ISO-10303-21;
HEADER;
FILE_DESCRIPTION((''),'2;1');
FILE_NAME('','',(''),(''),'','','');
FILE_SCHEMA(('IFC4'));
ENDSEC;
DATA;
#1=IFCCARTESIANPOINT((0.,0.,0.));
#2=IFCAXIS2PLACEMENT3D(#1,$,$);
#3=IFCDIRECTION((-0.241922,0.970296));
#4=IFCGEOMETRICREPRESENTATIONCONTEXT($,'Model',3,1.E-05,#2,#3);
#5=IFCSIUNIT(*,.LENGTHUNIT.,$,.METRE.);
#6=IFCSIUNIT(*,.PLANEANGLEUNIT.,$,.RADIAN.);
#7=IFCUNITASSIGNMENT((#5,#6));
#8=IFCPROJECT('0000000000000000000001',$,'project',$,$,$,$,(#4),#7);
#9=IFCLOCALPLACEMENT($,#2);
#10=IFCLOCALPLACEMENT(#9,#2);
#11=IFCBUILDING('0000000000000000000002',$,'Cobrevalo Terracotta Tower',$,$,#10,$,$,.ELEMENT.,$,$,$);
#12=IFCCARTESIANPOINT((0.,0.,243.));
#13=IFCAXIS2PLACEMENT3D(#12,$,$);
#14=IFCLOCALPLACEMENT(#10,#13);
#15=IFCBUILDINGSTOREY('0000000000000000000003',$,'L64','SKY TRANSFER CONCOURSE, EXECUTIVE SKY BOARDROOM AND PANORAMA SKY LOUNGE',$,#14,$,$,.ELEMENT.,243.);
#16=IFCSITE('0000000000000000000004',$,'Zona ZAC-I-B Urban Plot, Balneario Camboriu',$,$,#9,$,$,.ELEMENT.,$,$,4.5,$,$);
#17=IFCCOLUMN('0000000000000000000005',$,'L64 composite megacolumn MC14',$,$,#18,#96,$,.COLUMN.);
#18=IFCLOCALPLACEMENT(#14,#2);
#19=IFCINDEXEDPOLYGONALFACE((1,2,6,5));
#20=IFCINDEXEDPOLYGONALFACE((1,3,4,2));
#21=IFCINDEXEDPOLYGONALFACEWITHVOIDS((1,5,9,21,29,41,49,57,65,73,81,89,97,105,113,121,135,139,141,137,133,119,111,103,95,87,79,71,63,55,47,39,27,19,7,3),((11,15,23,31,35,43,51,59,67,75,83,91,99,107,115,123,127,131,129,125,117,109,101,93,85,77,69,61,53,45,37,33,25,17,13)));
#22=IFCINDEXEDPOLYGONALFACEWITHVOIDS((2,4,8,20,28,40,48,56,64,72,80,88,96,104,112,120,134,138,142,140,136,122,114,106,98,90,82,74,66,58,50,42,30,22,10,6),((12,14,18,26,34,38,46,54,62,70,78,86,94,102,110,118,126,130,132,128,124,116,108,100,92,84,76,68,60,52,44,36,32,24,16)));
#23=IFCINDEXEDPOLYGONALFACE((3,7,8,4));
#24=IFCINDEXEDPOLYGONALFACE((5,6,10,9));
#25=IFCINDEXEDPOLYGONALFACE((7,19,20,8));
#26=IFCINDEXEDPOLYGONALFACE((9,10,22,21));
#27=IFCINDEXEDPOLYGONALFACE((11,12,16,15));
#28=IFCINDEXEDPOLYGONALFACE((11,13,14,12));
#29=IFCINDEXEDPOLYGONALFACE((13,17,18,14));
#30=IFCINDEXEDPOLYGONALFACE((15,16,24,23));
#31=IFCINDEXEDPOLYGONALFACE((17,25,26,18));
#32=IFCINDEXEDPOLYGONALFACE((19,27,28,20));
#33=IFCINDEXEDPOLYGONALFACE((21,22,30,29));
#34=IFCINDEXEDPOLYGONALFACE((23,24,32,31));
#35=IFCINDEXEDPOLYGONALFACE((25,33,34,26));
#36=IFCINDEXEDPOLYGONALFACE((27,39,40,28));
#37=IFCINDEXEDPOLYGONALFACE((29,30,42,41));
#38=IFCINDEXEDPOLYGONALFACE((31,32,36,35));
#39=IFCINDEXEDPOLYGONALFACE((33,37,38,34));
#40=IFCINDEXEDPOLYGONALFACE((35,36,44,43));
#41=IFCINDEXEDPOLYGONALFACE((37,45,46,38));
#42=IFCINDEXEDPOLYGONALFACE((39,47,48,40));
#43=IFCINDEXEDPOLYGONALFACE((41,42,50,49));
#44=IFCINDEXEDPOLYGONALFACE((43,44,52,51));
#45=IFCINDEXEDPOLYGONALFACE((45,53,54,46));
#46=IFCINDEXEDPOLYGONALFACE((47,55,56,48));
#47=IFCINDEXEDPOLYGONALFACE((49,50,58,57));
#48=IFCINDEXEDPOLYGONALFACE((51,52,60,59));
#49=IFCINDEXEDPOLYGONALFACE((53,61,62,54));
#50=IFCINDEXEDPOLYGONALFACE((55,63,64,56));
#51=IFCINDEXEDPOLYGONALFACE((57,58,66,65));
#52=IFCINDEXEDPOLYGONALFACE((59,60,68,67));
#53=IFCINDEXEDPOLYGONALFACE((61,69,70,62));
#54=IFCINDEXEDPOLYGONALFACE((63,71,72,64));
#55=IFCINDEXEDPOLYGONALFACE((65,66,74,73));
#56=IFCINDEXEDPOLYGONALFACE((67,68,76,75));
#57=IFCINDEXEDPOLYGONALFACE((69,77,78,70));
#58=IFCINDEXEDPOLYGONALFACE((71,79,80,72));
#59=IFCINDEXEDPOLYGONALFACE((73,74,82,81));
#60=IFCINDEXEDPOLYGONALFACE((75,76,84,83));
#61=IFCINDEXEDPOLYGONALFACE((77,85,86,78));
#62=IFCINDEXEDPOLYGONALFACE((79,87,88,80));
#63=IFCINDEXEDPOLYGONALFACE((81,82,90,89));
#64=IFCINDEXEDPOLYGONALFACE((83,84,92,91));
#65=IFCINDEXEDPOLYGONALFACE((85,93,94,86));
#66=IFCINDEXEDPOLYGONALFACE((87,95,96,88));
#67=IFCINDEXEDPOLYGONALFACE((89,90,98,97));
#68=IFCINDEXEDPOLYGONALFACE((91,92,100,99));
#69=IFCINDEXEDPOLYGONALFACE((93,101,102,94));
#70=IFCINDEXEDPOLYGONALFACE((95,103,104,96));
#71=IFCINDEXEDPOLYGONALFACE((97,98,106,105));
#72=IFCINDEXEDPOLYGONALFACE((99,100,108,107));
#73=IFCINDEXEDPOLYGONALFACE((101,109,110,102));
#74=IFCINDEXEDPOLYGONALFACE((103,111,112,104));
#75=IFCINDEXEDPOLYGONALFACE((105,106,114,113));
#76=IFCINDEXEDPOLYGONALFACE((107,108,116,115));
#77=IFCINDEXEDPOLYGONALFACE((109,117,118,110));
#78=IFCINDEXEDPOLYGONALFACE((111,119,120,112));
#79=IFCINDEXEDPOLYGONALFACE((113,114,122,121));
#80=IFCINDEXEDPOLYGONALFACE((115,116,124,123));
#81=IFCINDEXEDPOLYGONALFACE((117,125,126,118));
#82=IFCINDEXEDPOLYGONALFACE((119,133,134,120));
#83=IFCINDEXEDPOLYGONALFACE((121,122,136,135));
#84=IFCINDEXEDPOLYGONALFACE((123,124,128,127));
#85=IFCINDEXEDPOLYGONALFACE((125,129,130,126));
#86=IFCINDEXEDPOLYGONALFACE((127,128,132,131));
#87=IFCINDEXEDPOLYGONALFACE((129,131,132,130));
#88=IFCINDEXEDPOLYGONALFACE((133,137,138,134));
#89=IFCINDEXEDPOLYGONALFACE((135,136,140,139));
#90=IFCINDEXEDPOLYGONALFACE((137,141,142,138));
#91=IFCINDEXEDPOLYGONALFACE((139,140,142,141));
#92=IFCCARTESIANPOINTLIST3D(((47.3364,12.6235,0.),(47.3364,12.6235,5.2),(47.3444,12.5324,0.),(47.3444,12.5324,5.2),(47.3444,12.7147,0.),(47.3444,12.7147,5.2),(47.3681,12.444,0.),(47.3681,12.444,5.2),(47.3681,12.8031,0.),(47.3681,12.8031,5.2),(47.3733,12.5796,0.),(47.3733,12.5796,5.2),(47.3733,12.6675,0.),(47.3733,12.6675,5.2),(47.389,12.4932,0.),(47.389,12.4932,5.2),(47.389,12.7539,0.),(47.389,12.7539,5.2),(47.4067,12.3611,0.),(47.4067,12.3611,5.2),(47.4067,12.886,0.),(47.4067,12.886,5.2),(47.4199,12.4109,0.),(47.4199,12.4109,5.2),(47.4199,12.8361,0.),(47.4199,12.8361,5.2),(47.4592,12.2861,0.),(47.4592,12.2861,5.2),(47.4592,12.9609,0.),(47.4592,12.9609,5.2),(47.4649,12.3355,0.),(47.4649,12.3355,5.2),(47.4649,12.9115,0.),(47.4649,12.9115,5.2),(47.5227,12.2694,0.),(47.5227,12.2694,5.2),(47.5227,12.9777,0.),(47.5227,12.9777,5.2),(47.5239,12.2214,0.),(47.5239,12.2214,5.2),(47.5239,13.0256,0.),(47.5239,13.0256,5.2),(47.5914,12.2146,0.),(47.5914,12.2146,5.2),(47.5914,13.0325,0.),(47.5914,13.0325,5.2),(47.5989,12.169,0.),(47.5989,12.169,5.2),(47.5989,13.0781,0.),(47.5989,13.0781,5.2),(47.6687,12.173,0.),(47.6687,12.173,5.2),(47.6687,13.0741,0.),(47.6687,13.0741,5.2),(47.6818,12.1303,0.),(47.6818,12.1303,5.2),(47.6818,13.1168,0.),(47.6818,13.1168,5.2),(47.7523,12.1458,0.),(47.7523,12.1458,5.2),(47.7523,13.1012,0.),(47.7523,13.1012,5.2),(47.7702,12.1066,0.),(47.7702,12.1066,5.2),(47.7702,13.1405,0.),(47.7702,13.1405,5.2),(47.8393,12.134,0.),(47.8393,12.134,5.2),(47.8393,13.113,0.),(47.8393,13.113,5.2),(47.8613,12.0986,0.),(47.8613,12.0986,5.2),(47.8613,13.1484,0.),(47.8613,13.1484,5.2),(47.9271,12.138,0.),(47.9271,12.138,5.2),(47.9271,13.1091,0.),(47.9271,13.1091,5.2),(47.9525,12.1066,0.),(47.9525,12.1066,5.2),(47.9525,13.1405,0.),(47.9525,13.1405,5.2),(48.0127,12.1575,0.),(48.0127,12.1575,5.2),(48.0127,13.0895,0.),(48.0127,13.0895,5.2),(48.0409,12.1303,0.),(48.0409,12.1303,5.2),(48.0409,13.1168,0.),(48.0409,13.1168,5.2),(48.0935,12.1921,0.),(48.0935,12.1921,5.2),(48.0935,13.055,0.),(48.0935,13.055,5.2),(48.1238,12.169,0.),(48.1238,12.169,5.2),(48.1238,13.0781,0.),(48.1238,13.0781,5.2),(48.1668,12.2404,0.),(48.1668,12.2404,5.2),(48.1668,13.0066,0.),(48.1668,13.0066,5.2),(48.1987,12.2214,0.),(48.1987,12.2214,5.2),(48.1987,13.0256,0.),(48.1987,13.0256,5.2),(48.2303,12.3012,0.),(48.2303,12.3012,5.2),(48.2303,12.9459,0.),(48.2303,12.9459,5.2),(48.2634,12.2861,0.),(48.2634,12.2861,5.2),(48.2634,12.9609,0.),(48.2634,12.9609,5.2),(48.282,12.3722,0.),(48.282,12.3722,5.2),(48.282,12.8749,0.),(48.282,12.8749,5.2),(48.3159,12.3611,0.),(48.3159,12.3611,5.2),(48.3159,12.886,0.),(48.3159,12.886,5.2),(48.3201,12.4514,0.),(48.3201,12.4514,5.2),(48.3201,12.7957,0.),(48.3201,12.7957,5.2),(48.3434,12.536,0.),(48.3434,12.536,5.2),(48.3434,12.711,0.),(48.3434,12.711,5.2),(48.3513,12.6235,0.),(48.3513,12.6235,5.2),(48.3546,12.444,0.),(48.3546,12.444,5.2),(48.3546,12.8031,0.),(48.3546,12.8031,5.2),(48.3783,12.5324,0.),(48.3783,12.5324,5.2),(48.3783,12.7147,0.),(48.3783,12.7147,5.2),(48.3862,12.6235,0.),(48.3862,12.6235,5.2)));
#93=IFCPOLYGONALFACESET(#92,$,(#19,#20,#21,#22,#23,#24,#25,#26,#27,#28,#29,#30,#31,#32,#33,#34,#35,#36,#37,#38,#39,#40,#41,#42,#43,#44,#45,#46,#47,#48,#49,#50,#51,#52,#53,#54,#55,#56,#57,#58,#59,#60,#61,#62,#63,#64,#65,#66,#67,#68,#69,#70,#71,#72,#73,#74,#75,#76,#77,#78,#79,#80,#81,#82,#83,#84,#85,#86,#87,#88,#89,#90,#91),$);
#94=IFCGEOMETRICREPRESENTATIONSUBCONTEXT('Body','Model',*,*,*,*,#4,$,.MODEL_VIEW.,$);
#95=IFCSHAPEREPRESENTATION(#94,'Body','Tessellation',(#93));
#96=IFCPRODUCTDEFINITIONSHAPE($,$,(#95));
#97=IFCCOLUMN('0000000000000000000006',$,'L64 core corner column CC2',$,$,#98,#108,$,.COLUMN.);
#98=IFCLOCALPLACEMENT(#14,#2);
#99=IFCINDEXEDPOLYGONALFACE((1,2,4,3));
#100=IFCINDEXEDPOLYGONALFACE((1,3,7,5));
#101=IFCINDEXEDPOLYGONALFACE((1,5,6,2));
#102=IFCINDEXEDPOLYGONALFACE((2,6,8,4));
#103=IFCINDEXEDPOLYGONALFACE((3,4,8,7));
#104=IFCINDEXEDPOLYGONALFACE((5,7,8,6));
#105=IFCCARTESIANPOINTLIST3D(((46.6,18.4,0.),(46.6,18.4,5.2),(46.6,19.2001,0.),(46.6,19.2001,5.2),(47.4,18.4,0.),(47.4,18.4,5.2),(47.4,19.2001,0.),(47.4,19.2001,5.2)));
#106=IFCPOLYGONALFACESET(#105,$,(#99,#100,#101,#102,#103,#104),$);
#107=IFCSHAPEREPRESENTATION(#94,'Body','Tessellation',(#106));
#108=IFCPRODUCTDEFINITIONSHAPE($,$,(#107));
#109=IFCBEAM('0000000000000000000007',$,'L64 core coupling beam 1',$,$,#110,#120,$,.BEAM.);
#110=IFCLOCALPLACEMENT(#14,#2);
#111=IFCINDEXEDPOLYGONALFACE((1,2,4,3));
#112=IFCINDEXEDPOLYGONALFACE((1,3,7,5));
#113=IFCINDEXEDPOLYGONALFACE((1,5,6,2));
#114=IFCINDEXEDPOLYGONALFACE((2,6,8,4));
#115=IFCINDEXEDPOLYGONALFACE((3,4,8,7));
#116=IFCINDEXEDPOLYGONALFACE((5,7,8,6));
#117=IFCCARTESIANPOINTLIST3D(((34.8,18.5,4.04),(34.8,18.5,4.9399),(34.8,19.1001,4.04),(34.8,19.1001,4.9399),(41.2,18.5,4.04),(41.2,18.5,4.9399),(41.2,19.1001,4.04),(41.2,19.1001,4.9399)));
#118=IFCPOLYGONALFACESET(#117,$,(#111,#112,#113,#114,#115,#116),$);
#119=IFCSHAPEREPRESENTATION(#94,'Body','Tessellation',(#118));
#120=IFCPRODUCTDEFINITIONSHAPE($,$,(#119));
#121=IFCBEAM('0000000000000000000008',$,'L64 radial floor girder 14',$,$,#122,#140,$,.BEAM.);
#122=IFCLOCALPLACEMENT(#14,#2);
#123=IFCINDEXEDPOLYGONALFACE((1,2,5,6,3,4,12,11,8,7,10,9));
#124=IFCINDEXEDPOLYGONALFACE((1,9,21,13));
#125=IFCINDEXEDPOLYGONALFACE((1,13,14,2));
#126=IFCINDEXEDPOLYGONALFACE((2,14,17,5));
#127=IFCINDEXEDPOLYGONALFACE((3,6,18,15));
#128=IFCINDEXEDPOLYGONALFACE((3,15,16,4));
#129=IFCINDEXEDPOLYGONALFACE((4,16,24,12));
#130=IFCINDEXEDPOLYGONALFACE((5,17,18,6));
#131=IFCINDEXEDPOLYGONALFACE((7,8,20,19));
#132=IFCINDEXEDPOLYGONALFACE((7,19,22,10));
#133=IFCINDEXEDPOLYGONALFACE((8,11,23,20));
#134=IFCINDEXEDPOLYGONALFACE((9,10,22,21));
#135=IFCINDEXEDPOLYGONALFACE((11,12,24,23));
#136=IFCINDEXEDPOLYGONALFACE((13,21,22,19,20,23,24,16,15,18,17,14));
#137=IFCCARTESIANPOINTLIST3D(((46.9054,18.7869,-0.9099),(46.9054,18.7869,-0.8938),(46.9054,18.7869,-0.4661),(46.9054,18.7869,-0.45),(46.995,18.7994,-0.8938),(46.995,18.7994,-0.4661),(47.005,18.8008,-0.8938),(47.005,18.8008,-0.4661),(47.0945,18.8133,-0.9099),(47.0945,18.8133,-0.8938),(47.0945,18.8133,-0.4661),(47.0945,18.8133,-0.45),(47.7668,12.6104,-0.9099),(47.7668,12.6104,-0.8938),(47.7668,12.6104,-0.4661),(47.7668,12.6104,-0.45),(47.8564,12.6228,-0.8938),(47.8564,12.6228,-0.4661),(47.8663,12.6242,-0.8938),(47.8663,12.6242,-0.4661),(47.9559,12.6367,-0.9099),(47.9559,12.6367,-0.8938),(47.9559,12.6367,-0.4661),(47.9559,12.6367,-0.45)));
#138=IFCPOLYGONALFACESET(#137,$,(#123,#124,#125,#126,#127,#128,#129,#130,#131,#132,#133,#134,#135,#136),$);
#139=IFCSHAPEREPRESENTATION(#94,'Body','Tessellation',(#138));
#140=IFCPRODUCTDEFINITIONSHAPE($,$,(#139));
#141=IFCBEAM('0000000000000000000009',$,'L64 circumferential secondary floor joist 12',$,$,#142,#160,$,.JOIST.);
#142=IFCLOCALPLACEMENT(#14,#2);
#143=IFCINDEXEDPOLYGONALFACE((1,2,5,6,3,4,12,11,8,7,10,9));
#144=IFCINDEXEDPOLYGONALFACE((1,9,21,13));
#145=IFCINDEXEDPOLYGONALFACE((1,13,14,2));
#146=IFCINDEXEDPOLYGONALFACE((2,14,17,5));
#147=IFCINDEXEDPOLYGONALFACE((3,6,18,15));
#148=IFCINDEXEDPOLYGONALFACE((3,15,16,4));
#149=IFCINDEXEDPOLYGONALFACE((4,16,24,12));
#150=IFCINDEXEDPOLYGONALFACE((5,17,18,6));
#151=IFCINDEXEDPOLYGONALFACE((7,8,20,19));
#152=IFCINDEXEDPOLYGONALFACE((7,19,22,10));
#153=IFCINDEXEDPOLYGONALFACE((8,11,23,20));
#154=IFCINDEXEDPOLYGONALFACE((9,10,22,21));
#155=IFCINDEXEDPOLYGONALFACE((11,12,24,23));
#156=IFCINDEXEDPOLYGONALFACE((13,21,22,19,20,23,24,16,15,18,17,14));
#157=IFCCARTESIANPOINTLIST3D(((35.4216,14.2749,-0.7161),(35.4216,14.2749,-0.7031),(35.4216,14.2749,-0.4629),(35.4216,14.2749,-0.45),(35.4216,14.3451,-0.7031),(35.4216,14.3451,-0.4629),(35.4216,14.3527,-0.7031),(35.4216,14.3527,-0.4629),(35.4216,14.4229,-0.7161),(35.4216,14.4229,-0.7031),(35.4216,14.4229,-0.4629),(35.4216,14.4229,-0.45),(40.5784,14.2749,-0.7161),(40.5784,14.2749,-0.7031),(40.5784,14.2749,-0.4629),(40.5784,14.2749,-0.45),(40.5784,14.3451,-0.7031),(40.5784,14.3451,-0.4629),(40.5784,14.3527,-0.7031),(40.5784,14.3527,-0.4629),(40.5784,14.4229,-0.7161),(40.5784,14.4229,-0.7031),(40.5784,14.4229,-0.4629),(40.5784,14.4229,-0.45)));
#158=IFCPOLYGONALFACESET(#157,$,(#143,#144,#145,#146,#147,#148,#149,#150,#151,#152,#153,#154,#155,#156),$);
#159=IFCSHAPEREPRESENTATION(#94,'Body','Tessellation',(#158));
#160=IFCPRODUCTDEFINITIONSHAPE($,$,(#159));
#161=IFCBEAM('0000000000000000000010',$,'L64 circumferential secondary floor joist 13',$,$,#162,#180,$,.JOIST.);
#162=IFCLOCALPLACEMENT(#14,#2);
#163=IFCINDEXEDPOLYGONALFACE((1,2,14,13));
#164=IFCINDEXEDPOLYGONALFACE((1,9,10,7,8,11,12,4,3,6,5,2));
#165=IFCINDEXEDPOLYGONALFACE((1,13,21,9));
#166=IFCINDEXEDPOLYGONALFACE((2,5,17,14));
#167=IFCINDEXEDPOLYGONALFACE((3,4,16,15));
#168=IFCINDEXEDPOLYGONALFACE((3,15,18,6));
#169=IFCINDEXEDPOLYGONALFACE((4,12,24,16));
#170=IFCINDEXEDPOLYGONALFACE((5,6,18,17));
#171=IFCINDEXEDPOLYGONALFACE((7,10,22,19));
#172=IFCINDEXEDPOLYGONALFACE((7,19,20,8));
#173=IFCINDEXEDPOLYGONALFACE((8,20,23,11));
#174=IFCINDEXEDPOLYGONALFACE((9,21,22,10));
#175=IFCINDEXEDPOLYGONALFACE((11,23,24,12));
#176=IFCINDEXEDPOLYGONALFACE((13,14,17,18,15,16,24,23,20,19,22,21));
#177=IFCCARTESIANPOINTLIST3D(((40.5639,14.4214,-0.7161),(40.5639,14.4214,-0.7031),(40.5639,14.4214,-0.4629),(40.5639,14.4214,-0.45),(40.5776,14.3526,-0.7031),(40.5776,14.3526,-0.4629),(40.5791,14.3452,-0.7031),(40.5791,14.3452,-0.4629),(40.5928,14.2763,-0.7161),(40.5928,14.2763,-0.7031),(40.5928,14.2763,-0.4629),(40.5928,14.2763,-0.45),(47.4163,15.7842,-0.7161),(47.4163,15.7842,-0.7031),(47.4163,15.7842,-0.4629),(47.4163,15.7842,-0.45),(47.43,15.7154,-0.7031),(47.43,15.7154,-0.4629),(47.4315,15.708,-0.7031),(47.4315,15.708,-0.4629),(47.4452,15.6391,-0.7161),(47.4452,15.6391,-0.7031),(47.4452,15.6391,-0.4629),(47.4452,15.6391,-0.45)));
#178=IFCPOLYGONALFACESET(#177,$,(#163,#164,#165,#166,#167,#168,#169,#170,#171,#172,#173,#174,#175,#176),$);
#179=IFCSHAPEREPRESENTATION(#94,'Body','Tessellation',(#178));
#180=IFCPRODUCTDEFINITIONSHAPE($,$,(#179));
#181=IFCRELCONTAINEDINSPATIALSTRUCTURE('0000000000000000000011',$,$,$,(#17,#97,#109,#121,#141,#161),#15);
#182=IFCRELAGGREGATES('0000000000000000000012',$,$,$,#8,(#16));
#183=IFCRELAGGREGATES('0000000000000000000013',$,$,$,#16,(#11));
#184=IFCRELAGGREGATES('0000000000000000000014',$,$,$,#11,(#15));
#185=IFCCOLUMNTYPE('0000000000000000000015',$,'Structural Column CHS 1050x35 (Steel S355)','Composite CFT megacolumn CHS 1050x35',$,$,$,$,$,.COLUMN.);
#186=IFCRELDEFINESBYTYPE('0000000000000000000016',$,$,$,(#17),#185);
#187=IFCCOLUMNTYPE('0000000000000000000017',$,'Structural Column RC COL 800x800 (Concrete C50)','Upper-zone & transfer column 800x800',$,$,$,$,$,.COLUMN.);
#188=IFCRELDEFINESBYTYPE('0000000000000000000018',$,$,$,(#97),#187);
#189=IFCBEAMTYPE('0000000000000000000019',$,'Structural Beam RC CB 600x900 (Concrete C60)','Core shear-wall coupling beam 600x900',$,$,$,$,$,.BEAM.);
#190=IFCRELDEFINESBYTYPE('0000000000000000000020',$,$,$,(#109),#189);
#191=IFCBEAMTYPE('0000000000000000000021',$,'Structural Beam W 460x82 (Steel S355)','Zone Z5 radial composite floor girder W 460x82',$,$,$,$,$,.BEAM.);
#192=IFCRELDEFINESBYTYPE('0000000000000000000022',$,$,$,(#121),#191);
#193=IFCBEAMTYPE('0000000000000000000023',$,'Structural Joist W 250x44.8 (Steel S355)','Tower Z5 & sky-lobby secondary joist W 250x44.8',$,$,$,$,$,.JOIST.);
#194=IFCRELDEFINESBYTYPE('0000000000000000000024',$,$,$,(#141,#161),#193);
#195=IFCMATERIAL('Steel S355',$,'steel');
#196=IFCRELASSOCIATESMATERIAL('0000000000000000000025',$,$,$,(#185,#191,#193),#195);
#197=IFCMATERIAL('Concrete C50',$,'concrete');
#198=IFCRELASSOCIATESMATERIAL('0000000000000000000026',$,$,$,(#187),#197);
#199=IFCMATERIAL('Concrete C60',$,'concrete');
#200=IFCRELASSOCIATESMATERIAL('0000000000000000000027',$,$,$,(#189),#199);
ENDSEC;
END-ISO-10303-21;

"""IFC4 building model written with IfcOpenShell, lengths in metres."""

from ifc_helpers import new_model, si_unit, direction, frame, origin, origin_2d, place, context, subcontext, project, spatial, rectangle, hollow_circle, i_section, extrude, material, material_profile, profile_set, type_object, element, save


model = new_model("IFC4")

# Units and contexts
model_context = context("Model", 3, precision=1e-05, world=origin(), true_north=direction((-0.241922, 0.970296)))
body_context = subcontext(model_context, "Body", "Model", "MODEL_VIEW")
ifc_project = project(units=[si_unit("LENGTHUNIT", "METRE"), si_unit("PLANEANGLEUNIT", "RADIAN")], contexts=[model_context])

# Site, building, storey
site_placement = place(None, origin())
site = spatial("IfcSite", under=ifc_project, at=site_placement, Name="Zona ZAC-I-B Urban Plot, Balneario Camboriu", CompositionType="ELEMENT", RefElevation=4.5)
building_placement = place(site_placement, origin())
building = spatial("IfcBuilding", under=site, at=building_placement, Name="Cobrevalo Terracotta Tower", CompositionType="ELEMENT")
storey_placement = place(building_placement, frame((0.0, 0.0, 243.0)))
storey = spatial("IfcBuildingStorey", under=building, at=storey_placement, Name="L64", Description="SKY TRANSFER CONCOURSE, EXECUTIVE SKY BOARDROOM AND PANORAMA SKY LOUNGE", CompositionType="ELEMENT", Elevation=243.0)

# Columns
ifc_material_1 = material(Name="Steel S355", Category="steel")
ifc_material_profile_1 = material_profile(ifc_material_1, hollow_circle(Radius=0.5249, WallThickness=0.0349, at=origin_2d()), Name="CHS 1050x35")
ifc_profile_set_1 = profile_set([ifc_material_profile_1], Name="Steel S355")
column_type_1 = type_object("IfcColumnType", Name="Structural Column CHS 1050x35 (Steel S355)", Description="Composite CFT megacolumn CHS 1050x35", PredefinedType="COLUMN", material=ifc_profile_set_1)
column_1_placement = place(storey_placement, frame((47.8613, 12.6235, 0.0), z_axis=(0.0, 0.0, 1.0), x_axis=(1.0, 0.0, 0.0)))
element("IfcColumn", 1, at=column_1_placement, inside=storey, type_object=column_type_1, Name="L64 composite megacolumn MC14", PredefinedType="COLUMN", context=body_context, shape_type="SweptSolid", body=[
    extrude(hollow_circle(Radius=0.5249, WallThickness=0.0349, at=origin_2d()), origin(), (0.0, 0.0, 1.0), 5.2),
])
ifc_material_2 = material(Name="Concrete C50", Category="concrete")
ifc_material_profile_2 = material_profile(ifc_material_2, rectangle(XDim=0.8, YDim=0.8, at=origin_2d()), Name="RC COL 800x800")
ifc_profile_set_2 = profile_set([ifc_material_profile_2], Name="Concrete C50")
column_type_2 = type_object("IfcColumnType", Name="Structural Column RC COL 800x800 (Concrete C50)", Description="Upper-zone & transfer column 800x800", PredefinedType="COLUMN", material=ifc_profile_set_2)
column_2_placement = place(storey_placement, frame((47.0, 18.8, 0.0), z_axis=(0.0, 0.0, 1.0), x_axis=(1.0, 0.0, 0.0)))
element("IfcColumn", 2, at=column_2_placement, inside=storey, type_object=column_type_2, Name="L64 core corner column CC2", PredefinedType="COLUMN", context=body_context, shape_type="SweptSolid", body=[
    extrude(rectangle(XDim=0.8, YDim=0.8, at=origin_2d()), origin(), (0.0, 0.0, 1.0), 5.2),
])

# Beams
ifc_material_3 = material(Name="Concrete C60", Category="concrete")
ifc_material_profile_3 = material_profile(ifc_material_3, rectangle(XDim=0.6001, YDim=0.8999, at=origin_2d()), Name="RC CB 600x900")
ifc_profile_set_3 = profile_set([ifc_material_profile_3], Name="Concrete C60")
beam_type_1 = type_object("IfcBeamType", Name="Structural Beam RC CB 600x900 (Concrete C60)", Description="Core shear-wall coupling beam 600x900", PredefinedType="BEAM", material=ifc_profile_set_3)
beam_1_placement = place(storey_placement, frame((34.8, 18.8, 4.49), z_axis=(1.0, 0.0, 0.0), x_axis=(0.0, 1.0, 0.0)))
element("IfcBeam", 3, at=beam_1_placement, inside=storey, type_object=beam_type_1, Name="L64 core coupling beam 1", PredefinedType="BEAM", context=body_context, shape_type="SweptSolid", body=[
    extrude(rectangle(XDim=0.6001, YDim=0.8999, at=origin_2d()), origin(), (0.0, 0.0, 1.0), 6.3999),
])
ifc_material_profile_4 = material_profile(ifc_material_1, i_section(OverallWidth=0.1909, OverallDepth=0.46, WebThickness=0.01, FlangeThickness=0.0161, at=origin_2d()), Name="W 460x82")
ifc_profile_set_4 = profile_set([ifc_material_profile_4], Name="Steel S355")
beam_type_2 = type_object("IfcBeamType", Name="Structural Beam W 460x82 (Steel S355)", Description="Zone Z5 radial composite floor girder W 460x82", PredefinedType="BEAM", material=ifc_profile_set_4)
beam_2_placement = place(storey_placement, frame((47.8613, 12.6235, -0.6799), z_axis=(-0.138116, 0.990416, 0.0), x_axis=(-0.990416, -0.138116, 0.0)))
element("IfcBeam", 4, at=beam_2_placement, inside=storey, type_object=beam_type_2, Name="L64 radial floor girder 14", PredefinedType="BEAM", context=body_context, shape_type="SweptSolid", body=[
    extrude(i_section(OverallWidth=0.1909, OverallDepth=0.46, WebThickness=0.01, FlangeThickness=0.0161, at=origin_2d()), origin(), (0.0, 0.0, 1.0), 6.2363),
])
ifc_material_profile_5 = material_profile(ifc_material_1, i_section(OverallWidth=0.1479, OverallDepth=0.2661, WebThickness=0.0076, FlangeThickness=0.0129, at=origin_2d()), Name="W 250x44.8")
ifc_profile_set_5 = profile_set([ifc_material_profile_5], Name="Steel S355")
beam_type_3 = type_object("IfcBeamType", Name="Structural Joist W 250x44.8 (Steel S355)", Description="Tower Z5 & sky-lobby secondary joist W 250x44.8", PredefinedType="JOIST", material=ifc_profile_set_5)
beam_3_placement = place(storey_placement, frame((35.4216, 14.3489, -0.583), z_axis=(1.0, 0.0, 0.0), x_axis=(0.0, 1.0, 0.0)))
element("IfcBeam", 5, at=beam_3_placement, inside=storey, type_object=beam_type_3, Name="L64 circumferential secondary floor joist 12", PredefinedType="JOIST", context=body_context, shape_type="SweptSolid", body=[
    extrude(i_section(OverallWidth=0.1479, OverallDepth=0.2661, WebThickness=0.0076, FlangeThickness=0.0129, at=origin_2d()), origin(), (0.0, 0.0, 1.0), 5.1567),
])
beam_4_placement = place(storey_placement, frame((40.5784, 14.3489, -0.583), z_axis=(0.980791, 0.195061, 0.0), x_axis=(-0.195061, 0.980791, 0.0)))
element("IfcBeam", 6, at=beam_4_placement, inside=storey, type_object=beam_type_3, Name="L64 circumferential secondary floor joist 13", PredefinedType="JOIST", context=body_context, shape_type="SweptSolid", body=[
    extrude(i_section(OverallWidth=0.1479, OverallDepth=0.2661, WebThickness=0.0076, FlangeThickness=0.0129, at=origin_2d()), origin(), (0.0, 0.0, 1.0), 6.9866),
])

save(model, "model.ifc")
